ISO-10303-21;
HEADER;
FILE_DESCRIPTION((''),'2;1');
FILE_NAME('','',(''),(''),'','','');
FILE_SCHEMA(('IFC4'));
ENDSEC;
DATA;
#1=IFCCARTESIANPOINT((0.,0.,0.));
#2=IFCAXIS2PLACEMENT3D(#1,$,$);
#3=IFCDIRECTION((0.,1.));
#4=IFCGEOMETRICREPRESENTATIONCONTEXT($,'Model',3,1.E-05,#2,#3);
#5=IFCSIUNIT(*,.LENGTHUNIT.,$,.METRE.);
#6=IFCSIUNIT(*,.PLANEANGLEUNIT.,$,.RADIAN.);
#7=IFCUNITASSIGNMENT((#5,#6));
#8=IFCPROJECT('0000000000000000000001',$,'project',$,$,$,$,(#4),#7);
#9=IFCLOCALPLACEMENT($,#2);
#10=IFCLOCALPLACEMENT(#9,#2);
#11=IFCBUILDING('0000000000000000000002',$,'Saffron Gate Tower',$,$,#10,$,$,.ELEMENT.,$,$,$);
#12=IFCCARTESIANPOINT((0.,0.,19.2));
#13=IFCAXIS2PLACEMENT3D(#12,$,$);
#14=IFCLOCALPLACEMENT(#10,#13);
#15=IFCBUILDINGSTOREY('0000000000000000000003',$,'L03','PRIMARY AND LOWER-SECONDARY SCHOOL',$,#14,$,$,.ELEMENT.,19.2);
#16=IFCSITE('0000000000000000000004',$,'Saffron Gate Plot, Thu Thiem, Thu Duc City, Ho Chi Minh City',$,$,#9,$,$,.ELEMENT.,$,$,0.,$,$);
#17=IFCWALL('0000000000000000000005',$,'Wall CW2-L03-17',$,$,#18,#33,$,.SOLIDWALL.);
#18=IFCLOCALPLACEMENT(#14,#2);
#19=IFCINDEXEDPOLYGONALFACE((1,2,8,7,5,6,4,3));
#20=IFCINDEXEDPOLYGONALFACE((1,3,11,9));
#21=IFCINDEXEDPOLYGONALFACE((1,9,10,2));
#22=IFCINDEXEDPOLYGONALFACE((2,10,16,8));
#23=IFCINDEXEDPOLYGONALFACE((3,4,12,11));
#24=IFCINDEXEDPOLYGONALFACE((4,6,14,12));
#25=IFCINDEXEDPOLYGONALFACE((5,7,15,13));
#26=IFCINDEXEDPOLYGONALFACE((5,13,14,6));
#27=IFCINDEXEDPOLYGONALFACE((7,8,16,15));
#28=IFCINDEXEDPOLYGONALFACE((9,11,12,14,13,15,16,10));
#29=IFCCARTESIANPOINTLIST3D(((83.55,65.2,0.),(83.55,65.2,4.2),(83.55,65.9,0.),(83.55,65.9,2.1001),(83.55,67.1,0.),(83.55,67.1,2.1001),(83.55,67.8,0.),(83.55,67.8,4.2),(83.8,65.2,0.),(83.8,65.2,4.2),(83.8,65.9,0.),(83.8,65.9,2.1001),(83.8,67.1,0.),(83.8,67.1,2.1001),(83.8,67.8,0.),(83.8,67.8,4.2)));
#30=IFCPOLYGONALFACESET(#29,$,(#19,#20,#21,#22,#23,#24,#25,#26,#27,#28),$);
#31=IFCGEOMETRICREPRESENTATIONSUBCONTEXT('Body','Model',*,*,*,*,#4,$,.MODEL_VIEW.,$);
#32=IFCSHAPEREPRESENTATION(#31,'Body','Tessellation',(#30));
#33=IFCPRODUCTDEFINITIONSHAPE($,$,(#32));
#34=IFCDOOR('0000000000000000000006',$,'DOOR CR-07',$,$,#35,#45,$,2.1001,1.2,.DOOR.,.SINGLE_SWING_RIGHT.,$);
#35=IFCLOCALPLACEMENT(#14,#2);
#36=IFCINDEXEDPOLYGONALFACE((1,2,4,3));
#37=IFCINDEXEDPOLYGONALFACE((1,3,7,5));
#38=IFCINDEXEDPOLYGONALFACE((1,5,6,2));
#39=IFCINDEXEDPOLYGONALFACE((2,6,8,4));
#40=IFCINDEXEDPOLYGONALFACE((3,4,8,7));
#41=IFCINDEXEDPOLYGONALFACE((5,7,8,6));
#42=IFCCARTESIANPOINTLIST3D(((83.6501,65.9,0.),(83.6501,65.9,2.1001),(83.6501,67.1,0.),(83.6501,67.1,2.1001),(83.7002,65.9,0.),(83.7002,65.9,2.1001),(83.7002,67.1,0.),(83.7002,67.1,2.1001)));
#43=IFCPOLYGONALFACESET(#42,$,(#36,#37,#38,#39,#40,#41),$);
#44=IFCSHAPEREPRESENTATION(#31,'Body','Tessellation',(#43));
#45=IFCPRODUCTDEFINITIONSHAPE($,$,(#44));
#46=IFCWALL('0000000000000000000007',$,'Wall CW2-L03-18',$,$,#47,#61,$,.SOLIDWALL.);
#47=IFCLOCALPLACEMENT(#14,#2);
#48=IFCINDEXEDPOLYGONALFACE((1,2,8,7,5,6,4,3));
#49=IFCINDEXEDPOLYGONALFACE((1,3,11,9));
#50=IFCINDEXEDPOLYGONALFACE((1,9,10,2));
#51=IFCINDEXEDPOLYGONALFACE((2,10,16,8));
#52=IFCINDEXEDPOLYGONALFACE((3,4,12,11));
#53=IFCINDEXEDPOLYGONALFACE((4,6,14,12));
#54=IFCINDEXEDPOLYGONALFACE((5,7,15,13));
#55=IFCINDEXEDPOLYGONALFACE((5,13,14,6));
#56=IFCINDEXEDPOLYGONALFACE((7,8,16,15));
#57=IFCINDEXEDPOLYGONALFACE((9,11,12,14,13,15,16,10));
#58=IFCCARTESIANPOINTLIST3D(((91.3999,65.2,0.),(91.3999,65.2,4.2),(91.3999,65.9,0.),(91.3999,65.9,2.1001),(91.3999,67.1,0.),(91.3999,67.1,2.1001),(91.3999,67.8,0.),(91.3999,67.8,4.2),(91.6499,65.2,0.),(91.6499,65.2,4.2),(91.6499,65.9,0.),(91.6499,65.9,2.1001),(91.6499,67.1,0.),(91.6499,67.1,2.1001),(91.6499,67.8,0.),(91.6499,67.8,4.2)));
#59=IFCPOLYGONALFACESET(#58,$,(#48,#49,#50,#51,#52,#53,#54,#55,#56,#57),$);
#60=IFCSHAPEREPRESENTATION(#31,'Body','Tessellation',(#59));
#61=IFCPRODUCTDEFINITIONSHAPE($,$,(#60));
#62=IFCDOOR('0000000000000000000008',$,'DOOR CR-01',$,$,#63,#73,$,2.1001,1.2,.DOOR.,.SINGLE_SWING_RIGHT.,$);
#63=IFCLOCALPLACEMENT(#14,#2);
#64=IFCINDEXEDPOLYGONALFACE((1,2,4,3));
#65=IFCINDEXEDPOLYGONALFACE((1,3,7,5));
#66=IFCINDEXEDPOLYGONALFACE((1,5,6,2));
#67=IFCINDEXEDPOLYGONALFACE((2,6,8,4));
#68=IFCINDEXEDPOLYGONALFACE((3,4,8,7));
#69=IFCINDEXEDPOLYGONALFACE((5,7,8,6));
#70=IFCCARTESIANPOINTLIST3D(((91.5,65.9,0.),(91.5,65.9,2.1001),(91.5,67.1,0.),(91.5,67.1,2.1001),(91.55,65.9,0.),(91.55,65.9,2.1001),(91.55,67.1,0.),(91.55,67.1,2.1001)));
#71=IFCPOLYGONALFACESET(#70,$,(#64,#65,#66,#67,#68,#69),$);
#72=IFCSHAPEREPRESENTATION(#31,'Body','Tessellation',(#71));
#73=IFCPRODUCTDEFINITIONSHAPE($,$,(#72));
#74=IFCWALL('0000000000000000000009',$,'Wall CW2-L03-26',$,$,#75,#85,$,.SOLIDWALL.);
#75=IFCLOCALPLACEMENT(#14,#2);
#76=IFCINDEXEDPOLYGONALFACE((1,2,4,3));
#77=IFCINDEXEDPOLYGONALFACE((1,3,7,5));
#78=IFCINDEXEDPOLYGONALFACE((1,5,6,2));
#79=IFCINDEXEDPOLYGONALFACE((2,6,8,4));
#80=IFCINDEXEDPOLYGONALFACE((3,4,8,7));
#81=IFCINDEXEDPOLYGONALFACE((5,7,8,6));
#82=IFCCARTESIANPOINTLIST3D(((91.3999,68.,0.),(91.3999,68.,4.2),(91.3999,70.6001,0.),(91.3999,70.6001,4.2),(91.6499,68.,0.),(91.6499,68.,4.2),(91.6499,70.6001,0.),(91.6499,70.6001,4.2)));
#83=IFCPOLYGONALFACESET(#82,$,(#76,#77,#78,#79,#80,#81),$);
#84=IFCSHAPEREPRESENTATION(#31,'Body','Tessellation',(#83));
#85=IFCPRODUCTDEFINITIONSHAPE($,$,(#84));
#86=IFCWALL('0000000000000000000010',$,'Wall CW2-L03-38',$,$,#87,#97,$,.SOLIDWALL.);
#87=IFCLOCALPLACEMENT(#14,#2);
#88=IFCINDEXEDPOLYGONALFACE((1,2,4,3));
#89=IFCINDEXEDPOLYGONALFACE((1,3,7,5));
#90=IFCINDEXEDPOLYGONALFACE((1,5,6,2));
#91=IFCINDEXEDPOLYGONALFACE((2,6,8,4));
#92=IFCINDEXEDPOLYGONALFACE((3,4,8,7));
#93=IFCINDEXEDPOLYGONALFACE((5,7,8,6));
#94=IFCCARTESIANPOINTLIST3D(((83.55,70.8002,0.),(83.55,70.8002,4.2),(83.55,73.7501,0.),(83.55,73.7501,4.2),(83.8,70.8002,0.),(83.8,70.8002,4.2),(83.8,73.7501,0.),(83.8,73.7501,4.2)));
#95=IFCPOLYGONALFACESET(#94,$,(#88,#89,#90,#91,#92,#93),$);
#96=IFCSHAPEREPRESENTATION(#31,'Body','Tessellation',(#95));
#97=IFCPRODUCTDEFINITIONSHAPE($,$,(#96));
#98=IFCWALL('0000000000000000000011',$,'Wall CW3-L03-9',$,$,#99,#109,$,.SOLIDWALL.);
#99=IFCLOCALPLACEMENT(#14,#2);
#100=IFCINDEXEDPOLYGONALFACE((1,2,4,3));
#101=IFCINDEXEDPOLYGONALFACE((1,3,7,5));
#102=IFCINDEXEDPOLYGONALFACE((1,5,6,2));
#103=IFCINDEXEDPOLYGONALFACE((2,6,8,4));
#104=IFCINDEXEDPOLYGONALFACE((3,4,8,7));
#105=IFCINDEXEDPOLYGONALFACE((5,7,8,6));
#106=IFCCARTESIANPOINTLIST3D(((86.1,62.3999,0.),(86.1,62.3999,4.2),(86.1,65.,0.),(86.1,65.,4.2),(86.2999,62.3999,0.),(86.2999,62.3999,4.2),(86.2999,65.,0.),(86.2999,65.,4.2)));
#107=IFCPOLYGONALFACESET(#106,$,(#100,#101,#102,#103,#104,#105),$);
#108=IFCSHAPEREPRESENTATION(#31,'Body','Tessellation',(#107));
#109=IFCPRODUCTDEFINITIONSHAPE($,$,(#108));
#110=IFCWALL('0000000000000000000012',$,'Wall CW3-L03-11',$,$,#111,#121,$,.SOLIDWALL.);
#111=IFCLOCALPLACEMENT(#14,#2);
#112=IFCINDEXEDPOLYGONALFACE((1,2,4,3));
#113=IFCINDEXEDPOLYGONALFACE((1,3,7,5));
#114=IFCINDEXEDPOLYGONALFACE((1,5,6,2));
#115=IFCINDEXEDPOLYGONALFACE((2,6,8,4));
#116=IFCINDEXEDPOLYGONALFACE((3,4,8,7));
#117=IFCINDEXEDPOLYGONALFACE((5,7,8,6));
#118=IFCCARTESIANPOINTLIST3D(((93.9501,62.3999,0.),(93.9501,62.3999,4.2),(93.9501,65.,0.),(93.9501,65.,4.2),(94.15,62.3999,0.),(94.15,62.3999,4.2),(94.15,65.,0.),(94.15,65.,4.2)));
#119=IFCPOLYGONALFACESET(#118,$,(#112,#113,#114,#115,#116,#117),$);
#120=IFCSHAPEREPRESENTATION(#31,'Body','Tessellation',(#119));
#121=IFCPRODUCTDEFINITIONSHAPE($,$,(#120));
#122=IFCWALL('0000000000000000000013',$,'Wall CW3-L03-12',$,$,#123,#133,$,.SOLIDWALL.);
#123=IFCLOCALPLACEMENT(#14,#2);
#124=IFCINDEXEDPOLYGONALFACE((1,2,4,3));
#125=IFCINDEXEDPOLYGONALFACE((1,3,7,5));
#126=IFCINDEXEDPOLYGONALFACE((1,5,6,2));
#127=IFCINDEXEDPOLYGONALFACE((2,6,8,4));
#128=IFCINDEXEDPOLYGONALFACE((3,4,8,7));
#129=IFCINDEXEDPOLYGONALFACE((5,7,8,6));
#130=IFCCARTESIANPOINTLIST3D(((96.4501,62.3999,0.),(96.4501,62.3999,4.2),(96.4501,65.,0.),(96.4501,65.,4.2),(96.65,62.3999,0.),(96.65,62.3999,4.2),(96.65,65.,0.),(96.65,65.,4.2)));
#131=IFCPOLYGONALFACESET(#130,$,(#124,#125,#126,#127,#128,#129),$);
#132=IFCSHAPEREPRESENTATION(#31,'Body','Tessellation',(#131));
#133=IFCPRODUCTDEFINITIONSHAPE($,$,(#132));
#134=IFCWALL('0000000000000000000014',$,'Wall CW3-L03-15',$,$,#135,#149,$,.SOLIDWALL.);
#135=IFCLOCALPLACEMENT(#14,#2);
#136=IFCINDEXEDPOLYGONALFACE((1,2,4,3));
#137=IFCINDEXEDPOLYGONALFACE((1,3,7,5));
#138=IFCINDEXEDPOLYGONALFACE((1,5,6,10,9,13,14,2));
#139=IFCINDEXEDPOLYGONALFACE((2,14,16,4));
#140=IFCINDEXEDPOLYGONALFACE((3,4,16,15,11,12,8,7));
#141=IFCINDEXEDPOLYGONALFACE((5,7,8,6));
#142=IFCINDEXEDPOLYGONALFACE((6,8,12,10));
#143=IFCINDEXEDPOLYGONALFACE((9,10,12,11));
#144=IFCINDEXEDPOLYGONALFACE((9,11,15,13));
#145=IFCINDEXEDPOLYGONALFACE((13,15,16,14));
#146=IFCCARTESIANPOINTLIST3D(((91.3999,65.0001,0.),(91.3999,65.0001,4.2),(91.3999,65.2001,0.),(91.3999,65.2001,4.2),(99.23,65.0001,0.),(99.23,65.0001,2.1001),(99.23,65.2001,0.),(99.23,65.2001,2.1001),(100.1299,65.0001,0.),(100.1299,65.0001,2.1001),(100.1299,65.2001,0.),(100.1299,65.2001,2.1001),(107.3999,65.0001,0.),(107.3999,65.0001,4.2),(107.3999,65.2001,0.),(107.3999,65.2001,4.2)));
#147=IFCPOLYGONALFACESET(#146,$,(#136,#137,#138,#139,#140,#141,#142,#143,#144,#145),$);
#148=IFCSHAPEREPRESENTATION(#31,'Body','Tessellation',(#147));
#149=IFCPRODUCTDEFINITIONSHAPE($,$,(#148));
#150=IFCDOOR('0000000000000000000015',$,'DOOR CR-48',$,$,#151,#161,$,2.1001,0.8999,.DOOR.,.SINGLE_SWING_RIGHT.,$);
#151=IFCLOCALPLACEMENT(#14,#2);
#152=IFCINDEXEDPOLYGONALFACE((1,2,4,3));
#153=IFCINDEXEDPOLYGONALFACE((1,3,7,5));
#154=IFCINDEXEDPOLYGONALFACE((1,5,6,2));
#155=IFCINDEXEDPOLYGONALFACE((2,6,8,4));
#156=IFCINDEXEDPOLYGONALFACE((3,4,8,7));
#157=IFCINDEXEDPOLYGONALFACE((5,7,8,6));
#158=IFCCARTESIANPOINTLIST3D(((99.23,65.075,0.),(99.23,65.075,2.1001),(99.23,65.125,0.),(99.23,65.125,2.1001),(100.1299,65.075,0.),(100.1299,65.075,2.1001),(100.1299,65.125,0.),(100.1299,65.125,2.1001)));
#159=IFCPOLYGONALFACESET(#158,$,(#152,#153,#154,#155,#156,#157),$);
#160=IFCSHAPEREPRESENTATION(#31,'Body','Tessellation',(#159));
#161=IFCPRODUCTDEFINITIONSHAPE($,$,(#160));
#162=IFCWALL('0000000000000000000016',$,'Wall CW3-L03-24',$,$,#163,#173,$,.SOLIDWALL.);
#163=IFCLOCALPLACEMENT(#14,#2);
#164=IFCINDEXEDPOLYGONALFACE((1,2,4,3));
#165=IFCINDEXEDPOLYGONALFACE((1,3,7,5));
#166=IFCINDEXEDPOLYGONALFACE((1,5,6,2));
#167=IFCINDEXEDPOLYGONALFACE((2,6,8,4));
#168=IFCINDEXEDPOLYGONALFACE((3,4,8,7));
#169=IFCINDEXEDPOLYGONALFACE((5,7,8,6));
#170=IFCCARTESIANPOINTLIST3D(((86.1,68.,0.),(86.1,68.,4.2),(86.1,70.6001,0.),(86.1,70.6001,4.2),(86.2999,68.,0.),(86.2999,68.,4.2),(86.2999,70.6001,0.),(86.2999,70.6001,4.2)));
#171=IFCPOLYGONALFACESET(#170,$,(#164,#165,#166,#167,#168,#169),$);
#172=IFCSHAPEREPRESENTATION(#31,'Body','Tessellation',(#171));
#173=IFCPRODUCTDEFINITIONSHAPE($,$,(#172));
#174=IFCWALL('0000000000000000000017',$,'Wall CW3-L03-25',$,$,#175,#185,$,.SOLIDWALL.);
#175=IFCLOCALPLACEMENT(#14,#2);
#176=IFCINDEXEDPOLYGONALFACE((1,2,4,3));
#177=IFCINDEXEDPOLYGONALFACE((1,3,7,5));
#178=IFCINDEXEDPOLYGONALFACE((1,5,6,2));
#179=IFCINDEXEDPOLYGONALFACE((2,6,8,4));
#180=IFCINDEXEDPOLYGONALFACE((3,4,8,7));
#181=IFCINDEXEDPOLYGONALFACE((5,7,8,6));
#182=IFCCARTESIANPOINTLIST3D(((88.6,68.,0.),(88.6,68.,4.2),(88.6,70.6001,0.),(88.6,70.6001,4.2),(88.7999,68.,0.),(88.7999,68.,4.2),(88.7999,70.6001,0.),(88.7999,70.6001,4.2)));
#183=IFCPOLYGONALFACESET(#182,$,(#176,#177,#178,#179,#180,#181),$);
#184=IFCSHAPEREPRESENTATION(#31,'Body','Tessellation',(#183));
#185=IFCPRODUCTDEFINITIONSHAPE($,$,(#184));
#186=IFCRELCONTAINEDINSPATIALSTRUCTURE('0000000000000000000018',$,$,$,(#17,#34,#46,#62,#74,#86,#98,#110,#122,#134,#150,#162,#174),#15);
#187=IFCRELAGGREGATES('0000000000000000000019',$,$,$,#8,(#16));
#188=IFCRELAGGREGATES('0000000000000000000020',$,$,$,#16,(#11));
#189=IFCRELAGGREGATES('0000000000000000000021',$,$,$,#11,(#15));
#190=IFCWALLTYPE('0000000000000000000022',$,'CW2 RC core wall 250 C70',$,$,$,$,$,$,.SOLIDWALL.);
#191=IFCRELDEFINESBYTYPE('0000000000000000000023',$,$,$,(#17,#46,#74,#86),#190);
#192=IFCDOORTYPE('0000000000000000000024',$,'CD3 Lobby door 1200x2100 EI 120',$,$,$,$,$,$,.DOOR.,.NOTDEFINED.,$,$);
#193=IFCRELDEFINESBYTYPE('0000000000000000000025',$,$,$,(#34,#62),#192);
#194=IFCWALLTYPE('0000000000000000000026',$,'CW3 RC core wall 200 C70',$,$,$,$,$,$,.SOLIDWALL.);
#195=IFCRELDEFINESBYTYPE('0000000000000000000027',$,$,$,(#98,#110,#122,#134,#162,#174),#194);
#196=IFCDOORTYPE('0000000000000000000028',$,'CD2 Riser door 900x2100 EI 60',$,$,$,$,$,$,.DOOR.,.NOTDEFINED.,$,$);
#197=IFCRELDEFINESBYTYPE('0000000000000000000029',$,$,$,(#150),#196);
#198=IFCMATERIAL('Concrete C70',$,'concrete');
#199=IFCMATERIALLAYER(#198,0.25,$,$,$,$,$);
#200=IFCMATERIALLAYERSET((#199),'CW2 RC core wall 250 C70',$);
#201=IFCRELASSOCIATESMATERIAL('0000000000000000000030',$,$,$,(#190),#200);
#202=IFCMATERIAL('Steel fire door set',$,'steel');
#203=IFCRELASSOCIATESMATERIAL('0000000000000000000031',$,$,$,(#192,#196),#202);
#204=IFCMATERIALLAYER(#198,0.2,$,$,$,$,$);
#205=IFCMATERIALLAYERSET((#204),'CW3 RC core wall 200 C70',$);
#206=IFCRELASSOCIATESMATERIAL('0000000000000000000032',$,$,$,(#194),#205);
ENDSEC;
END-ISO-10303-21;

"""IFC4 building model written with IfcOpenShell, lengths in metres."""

from ifc_helpers import new_model, si_unit, direction, frame, frame_2d, origin, place, context, subcontext, project, spatial, rectangle, extrude, material, layer, layer_set, type_object, element, fill, save


model = new_model("IFC4")

# Units and contexts
model_context = context("Model", 3, precision=1e-05, world=origin(), true_north=direction((0.0, 1.0)))
body_context = subcontext(model_context, "Body", "Model", "MODEL_VIEW")
ifc_project = project(units=[si_unit("LENGTHUNIT", "METRE"), si_unit("PLANEANGLEUNIT", "RADIAN")], contexts=[model_context])

# Site, building, storey
site_placement = place(None, origin())
site = spatial("IfcSite", under=ifc_project, at=site_placement, Name="Saffron Gate Plot, Thu Thiem, Thu Duc City, Ho Chi Minh City", CompositionType="ELEMENT", RefElevation=0.0)
building_placement = place(site_placement, origin())
building = spatial("IfcBuilding", under=site, at=building_placement, Name="Saffron Gate Tower", CompositionType="ELEMENT")
storey_placement = place(building_placement, frame((0.0, 0.0, 19.2)))
storey = spatial("IfcBuildingStorey", under=building, at=storey_placement, Name="L03", Description="PRIMARY AND LOWER-SECONDARY SCHOOL", CompositionType="ELEMENT", Elevation=19.2)

# Shared definitions
ifc_material_1 = material(Name="Concrete C70", Category="concrete")
ifc_layer_1 = layer(ifc_material_1, 0.25)
ifc_layer_set_1 = layer_set([ifc_layer_1], Name="CW2 RC core wall 250 C70")
wall_type_1 = type_object("IfcWallType", Name="CW2 RC core wall 250 C70", PredefinedType="SOLIDWALL", material=ifc_layer_set_1)

# Walls, openings, doors
wall_1_placement = place(storey_placement, frame((83.675, 65.2, 0.0), z_axis=(0.0, 0.0, 1.0), x_axis=(0.0, 1.0, 0.0)))
wall_1 = element("IfcWall", 1, at=wall_1_placement, inside=storey, type_object=wall_type_1, Name="Wall CW2-L03-17", PredefinedType="SOLIDWALL", context=body_context, shape_type="SweptSolid", body=[
    extrude(rectangle(XDim=2.6001, YDim=0.25, at=frame_2d((1.3, 0.0))), origin(), (0.0, 0.0, 1.0), 4.2),
])
opening_1_placement = place(wall_1_placement, frame((0.7, 0.0, 0.0)))
opening_1 = element("IfcOpeningElement", 2, at=opening_1_placement, cuts=wall_1, PredefinedType="OPENING", context=body_context, shape_type="SweptSolid", body=[
    extrude(rectangle(XDim=1.2, YDim=2.1001, at=frame_2d((0.6001, 1.05))), frame((0.0, 0.135, 0.0), z_axis=(0.0, -1.0, 0.0), x_axis=(1.0, 0.0, 0.0)), (0.0, 0.0, 1.0), 0.27),
])
ifc_material_2 = material(Name="Steel fire door set", Category="steel")
door_type_1 = type_object("IfcDoorType", Name="CD3 Lobby door 1200x2100 EI 120", OperationType="NOTDEFINED", PredefinedType="DOOR", material=ifc_material_2)
door_1_placement = place(opening_1_placement, origin())
door_1 = element("IfcDoor", 3, at=door_1_placement, inside=storey, type_object=door_type_1, Name="DOOR CR-07", OperationType="SINGLE_SWING_RIGHT", OverallHeight=2.1001, OverallWidth=1.2, PredefinedType="DOOR", context=body_context, shape_type="SweptSolid", body=[
    extrude(rectangle(XDim=1.2, YDim=2.1001, at=frame_2d((0.6001, 1.05))), frame((0.0, 0.0249, 0.0), z_axis=(0.0, -1.0, 0.0), x_axis=(1.0, 0.0, 0.0)), (0.0, 0.0, 1.0), 0.05),
])
fill(opening_1, door_1)
wall_2_placement = place(storey_placement, frame((91.5249, 65.2, 0.0), z_axis=(0.0, 0.0, 1.0), x_axis=(0.0, 1.0, 0.0)))
wall_2 = element("IfcWall", 4, at=wall_2_placement, inside=storey, type_object=wall_type_1, Name="Wall CW2-L03-18", PredefinedType="SOLIDWALL", context=body_context, shape_type="SweptSolid", body=[
    extrude(rectangle(XDim=2.6001, YDim=0.25, at=frame_2d((1.3, 0.0))), origin(), (0.0, 0.0, 1.0), 4.2),
])
opening_2_placement = place(wall_2_placement, frame((0.7, 0.0, 0.0)))
opening_2 = element("IfcOpeningElement", 5, at=opening_2_placement, cuts=wall_2, PredefinedType="OPENING", context=body_context, shape_type="SweptSolid", body=[
    extrude(rectangle(XDim=1.2, YDim=2.1001, at=frame_2d((0.6001, 1.05))), frame((0.0, 0.135, 0.0), z_axis=(0.0, -1.0, 0.0), x_axis=(1.0, 0.0, 0.0)), (0.0, 0.0, 1.0), 0.27),
])
door_2_placement = place(opening_2_placement, origin())
door_2 = element("IfcDoor", 6, at=door_2_placement, inside=storey, type_object=door_type_1, Name="DOOR CR-01", OperationType="SINGLE_SWING_RIGHT", OverallHeight=2.1001, OverallWidth=1.2, PredefinedType="DOOR", context=body_context, shape_type="SweptSolid", body=[
    extrude(rectangle(XDim=1.2, YDim=2.1001, at=frame_2d((0.6001, 1.05))), frame((0.0, 0.0249, 0.0), z_axis=(0.0, -1.0, 0.0), x_axis=(1.0, 0.0, 0.0)), (0.0, 0.0, 1.0), 0.05),
])
fill(opening_2, door_2)

# Walls
wall_3_placement = place(storey_placement, frame((91.5249, 68.0, 0.0), z_axis=(0.0, 0.0, 1.0), x_axis=(0.0, 1.0, 0.0)))
element("IfcWall", 7, at=wall_3_placement, inside=storey, type_object=wall_type_1, Name="Wall CW2-L03-26", PredefinedType="SOLIDWALL", context=body_context, shape_type="SweptSolid", body=[
    extrude(rectangle(XDim=2.6001, YDim=0.25, at=frame_2d((1.3, 0.0))), origin(), (0.0, 0.0, 1.0), 4.2),
])
wall_4_placement = place(storey_placement, frame((83.675, 70.8, 0.0), z_axis=(0.0, 0.0, 1.0), x_axis=(0.0, 1.0, 0.0)))
element("IfcWall", 8, at=wall_4_placement, inside=storey, type_object=wall_type_1, Name="Wall CW2-L03-38", PredefinedType="SOLIDWALL", context=body_context, shape_type="SweptSolid", body=[
    extrude(rectangle(XDim=2.95, YDim=0.25, at=frame_2d((1.4751, 0.0))), origin(), (0.0, 0.0, 1.0), 4.2),
])
ifc_layer_2 = layer(ifc_material_1, 0.2)
ifc_layer_set_2 = layer_set([ifc_layer_2], Name="CW3 RC core wall 200 C70")
wall_type_2 = type_object("IfcWallType", Name="CW3 RC core wall 200 C70", PredefinedType="SOLIDWALL", material=ifc_layer_set_2)
for number, where, z_axis, x_axis, name in (
    (9, (86.2, 62.3999, 0.0), (0.0, 0.0, 1.0), (0.0, 1.0, 0.0), "Wall CW3-L03-9"),
    (10, (94.05, 62.3999, 0.0), (0.0, 0.0, 1.0), (0.0, 1.0, 0.0), "Wall CW3-L03-11"),
    (11, (96.55, 62.3999, 0.0), (0.0, 0.0, 1.0), (0.0, 1.0, 0.0), "Wall CW3-L03-12"),
):
    element("IfcWall", number, at=place(storey_placement, frame(where, z_axis=z_axis, x_axis=x_axis)), inside=storey, type_object=wall_type_2, Name=name, PredefinedType="SOLIDWALL", context=body_context, shape_type="SweptSolid", body=[
        extrude(rectangle(XDim=2.6001, YDim=0.2, at=frame_2d((1.3, 0.0))), origin(), (0.0, 0.0, 1.0), 4.2),
    ])

# Wall, opening, door
wall_5_placement = place(storey_placement, frame((91.3999, 65.1001, 0.0), z_axis=(0.0, 0.0, 1.0), x_axis=(1.0, 0.0, 0.0)))
wall_5 = element("IfcWall", 12, at=wall_5_placement, inside=storey, type_object=wall_type_2, Name="Wall CW3-L03-15", PredefinedType="SOLIDWALL", context=body_context, shape_type="SweptSolid", body=[
    extrude(rectangle(XDim=16.0, YDim=0.2, at=frame_2d((8.0, 0.0))), origin(), (0.0, 0.0, 1.0), 4.2),
])
opening_3_placement = place(wall_5_placement, frame((7.8301, 0.0, 0.0)))
opening_3 = element("IfcOpeningElement", 13, at=opening_3_placement, cuts=wall_5, PredefinedType="OPENING", context=body_context, shape_type="SweptSolid", body=[
    extrude(rectangle(XDim=0.8999, YDim=2.1001, at=frame_2d((0.45, 1.05))), frame((0.0, 0.1099, 0.0), z_axis=(0.0, -1.0, 0.0), x_axis=(1.0, 0.0, 0.0)), (0.0, 0.0, 1.0), 0.22),
])
door_type_2 = type_object("IfcDoorType", Name="CD2 Riser door 900x2100 EI 60", OperationType="NOTDEFINED", PredefinedType="DOOR", material=ifc_material_2)
door_3_placement = place(opening_3_placement, origin())
door_3 = element("IfcDoor", 14, at=door_3_placement, inside=storey, type_object=door_type_2, Name="DOOR CR-48", OperationType="SINGLE_SWING_RIGHT", OverallHeight=2.1001, OverallWidth=0.8999, PredefinedType="DOOR", context=body_context, shape_type="SweptSolid", body=[
    extrude(rectangle(XDim=0.8999, YDim=2.1001, at=frame_2d((0.45, 1.05))), frame((0.0, 0.0249, 0.0), z_axis=(0.0, -1.0, 0.0), x_axis=(1.0, 0.0, 0.0)), (0.0, 0.0, 1.0), 0.05),
])
fill(opening_3, door_3)

# Walls
for number, where, z_axis, x_axis, name in (
    (15, (86.2, 68.0, 0.0), (0.0, 0.0, 1.0), (0.0, 1.0, 0.0), "Wall CW3-L03-24"),
    (16, (88.7, 68.0, 0.0), (0.0, 0.0, 1.0), (0.0, 1.0, 0.0), "Wall CW3-L03-25"),
):
    element("IfcWall", number, at=place(storey_placement, frame(where, z_axis=z_axis, x_axis=x_axis)), inside=storey, type_object=wall_type_2, Name=name, PredefinedType="SOLIDWALL", context=body_context, shape_type="SweptSolid", body=[
        extrude(rectangle(XDim=2.6001, YDim=0.2, at=frame_2d((1.3, 0.0))), origin(), (0.0, 0.0, 1.0), 4.2),
    ])

save(model, "model.ifc")
